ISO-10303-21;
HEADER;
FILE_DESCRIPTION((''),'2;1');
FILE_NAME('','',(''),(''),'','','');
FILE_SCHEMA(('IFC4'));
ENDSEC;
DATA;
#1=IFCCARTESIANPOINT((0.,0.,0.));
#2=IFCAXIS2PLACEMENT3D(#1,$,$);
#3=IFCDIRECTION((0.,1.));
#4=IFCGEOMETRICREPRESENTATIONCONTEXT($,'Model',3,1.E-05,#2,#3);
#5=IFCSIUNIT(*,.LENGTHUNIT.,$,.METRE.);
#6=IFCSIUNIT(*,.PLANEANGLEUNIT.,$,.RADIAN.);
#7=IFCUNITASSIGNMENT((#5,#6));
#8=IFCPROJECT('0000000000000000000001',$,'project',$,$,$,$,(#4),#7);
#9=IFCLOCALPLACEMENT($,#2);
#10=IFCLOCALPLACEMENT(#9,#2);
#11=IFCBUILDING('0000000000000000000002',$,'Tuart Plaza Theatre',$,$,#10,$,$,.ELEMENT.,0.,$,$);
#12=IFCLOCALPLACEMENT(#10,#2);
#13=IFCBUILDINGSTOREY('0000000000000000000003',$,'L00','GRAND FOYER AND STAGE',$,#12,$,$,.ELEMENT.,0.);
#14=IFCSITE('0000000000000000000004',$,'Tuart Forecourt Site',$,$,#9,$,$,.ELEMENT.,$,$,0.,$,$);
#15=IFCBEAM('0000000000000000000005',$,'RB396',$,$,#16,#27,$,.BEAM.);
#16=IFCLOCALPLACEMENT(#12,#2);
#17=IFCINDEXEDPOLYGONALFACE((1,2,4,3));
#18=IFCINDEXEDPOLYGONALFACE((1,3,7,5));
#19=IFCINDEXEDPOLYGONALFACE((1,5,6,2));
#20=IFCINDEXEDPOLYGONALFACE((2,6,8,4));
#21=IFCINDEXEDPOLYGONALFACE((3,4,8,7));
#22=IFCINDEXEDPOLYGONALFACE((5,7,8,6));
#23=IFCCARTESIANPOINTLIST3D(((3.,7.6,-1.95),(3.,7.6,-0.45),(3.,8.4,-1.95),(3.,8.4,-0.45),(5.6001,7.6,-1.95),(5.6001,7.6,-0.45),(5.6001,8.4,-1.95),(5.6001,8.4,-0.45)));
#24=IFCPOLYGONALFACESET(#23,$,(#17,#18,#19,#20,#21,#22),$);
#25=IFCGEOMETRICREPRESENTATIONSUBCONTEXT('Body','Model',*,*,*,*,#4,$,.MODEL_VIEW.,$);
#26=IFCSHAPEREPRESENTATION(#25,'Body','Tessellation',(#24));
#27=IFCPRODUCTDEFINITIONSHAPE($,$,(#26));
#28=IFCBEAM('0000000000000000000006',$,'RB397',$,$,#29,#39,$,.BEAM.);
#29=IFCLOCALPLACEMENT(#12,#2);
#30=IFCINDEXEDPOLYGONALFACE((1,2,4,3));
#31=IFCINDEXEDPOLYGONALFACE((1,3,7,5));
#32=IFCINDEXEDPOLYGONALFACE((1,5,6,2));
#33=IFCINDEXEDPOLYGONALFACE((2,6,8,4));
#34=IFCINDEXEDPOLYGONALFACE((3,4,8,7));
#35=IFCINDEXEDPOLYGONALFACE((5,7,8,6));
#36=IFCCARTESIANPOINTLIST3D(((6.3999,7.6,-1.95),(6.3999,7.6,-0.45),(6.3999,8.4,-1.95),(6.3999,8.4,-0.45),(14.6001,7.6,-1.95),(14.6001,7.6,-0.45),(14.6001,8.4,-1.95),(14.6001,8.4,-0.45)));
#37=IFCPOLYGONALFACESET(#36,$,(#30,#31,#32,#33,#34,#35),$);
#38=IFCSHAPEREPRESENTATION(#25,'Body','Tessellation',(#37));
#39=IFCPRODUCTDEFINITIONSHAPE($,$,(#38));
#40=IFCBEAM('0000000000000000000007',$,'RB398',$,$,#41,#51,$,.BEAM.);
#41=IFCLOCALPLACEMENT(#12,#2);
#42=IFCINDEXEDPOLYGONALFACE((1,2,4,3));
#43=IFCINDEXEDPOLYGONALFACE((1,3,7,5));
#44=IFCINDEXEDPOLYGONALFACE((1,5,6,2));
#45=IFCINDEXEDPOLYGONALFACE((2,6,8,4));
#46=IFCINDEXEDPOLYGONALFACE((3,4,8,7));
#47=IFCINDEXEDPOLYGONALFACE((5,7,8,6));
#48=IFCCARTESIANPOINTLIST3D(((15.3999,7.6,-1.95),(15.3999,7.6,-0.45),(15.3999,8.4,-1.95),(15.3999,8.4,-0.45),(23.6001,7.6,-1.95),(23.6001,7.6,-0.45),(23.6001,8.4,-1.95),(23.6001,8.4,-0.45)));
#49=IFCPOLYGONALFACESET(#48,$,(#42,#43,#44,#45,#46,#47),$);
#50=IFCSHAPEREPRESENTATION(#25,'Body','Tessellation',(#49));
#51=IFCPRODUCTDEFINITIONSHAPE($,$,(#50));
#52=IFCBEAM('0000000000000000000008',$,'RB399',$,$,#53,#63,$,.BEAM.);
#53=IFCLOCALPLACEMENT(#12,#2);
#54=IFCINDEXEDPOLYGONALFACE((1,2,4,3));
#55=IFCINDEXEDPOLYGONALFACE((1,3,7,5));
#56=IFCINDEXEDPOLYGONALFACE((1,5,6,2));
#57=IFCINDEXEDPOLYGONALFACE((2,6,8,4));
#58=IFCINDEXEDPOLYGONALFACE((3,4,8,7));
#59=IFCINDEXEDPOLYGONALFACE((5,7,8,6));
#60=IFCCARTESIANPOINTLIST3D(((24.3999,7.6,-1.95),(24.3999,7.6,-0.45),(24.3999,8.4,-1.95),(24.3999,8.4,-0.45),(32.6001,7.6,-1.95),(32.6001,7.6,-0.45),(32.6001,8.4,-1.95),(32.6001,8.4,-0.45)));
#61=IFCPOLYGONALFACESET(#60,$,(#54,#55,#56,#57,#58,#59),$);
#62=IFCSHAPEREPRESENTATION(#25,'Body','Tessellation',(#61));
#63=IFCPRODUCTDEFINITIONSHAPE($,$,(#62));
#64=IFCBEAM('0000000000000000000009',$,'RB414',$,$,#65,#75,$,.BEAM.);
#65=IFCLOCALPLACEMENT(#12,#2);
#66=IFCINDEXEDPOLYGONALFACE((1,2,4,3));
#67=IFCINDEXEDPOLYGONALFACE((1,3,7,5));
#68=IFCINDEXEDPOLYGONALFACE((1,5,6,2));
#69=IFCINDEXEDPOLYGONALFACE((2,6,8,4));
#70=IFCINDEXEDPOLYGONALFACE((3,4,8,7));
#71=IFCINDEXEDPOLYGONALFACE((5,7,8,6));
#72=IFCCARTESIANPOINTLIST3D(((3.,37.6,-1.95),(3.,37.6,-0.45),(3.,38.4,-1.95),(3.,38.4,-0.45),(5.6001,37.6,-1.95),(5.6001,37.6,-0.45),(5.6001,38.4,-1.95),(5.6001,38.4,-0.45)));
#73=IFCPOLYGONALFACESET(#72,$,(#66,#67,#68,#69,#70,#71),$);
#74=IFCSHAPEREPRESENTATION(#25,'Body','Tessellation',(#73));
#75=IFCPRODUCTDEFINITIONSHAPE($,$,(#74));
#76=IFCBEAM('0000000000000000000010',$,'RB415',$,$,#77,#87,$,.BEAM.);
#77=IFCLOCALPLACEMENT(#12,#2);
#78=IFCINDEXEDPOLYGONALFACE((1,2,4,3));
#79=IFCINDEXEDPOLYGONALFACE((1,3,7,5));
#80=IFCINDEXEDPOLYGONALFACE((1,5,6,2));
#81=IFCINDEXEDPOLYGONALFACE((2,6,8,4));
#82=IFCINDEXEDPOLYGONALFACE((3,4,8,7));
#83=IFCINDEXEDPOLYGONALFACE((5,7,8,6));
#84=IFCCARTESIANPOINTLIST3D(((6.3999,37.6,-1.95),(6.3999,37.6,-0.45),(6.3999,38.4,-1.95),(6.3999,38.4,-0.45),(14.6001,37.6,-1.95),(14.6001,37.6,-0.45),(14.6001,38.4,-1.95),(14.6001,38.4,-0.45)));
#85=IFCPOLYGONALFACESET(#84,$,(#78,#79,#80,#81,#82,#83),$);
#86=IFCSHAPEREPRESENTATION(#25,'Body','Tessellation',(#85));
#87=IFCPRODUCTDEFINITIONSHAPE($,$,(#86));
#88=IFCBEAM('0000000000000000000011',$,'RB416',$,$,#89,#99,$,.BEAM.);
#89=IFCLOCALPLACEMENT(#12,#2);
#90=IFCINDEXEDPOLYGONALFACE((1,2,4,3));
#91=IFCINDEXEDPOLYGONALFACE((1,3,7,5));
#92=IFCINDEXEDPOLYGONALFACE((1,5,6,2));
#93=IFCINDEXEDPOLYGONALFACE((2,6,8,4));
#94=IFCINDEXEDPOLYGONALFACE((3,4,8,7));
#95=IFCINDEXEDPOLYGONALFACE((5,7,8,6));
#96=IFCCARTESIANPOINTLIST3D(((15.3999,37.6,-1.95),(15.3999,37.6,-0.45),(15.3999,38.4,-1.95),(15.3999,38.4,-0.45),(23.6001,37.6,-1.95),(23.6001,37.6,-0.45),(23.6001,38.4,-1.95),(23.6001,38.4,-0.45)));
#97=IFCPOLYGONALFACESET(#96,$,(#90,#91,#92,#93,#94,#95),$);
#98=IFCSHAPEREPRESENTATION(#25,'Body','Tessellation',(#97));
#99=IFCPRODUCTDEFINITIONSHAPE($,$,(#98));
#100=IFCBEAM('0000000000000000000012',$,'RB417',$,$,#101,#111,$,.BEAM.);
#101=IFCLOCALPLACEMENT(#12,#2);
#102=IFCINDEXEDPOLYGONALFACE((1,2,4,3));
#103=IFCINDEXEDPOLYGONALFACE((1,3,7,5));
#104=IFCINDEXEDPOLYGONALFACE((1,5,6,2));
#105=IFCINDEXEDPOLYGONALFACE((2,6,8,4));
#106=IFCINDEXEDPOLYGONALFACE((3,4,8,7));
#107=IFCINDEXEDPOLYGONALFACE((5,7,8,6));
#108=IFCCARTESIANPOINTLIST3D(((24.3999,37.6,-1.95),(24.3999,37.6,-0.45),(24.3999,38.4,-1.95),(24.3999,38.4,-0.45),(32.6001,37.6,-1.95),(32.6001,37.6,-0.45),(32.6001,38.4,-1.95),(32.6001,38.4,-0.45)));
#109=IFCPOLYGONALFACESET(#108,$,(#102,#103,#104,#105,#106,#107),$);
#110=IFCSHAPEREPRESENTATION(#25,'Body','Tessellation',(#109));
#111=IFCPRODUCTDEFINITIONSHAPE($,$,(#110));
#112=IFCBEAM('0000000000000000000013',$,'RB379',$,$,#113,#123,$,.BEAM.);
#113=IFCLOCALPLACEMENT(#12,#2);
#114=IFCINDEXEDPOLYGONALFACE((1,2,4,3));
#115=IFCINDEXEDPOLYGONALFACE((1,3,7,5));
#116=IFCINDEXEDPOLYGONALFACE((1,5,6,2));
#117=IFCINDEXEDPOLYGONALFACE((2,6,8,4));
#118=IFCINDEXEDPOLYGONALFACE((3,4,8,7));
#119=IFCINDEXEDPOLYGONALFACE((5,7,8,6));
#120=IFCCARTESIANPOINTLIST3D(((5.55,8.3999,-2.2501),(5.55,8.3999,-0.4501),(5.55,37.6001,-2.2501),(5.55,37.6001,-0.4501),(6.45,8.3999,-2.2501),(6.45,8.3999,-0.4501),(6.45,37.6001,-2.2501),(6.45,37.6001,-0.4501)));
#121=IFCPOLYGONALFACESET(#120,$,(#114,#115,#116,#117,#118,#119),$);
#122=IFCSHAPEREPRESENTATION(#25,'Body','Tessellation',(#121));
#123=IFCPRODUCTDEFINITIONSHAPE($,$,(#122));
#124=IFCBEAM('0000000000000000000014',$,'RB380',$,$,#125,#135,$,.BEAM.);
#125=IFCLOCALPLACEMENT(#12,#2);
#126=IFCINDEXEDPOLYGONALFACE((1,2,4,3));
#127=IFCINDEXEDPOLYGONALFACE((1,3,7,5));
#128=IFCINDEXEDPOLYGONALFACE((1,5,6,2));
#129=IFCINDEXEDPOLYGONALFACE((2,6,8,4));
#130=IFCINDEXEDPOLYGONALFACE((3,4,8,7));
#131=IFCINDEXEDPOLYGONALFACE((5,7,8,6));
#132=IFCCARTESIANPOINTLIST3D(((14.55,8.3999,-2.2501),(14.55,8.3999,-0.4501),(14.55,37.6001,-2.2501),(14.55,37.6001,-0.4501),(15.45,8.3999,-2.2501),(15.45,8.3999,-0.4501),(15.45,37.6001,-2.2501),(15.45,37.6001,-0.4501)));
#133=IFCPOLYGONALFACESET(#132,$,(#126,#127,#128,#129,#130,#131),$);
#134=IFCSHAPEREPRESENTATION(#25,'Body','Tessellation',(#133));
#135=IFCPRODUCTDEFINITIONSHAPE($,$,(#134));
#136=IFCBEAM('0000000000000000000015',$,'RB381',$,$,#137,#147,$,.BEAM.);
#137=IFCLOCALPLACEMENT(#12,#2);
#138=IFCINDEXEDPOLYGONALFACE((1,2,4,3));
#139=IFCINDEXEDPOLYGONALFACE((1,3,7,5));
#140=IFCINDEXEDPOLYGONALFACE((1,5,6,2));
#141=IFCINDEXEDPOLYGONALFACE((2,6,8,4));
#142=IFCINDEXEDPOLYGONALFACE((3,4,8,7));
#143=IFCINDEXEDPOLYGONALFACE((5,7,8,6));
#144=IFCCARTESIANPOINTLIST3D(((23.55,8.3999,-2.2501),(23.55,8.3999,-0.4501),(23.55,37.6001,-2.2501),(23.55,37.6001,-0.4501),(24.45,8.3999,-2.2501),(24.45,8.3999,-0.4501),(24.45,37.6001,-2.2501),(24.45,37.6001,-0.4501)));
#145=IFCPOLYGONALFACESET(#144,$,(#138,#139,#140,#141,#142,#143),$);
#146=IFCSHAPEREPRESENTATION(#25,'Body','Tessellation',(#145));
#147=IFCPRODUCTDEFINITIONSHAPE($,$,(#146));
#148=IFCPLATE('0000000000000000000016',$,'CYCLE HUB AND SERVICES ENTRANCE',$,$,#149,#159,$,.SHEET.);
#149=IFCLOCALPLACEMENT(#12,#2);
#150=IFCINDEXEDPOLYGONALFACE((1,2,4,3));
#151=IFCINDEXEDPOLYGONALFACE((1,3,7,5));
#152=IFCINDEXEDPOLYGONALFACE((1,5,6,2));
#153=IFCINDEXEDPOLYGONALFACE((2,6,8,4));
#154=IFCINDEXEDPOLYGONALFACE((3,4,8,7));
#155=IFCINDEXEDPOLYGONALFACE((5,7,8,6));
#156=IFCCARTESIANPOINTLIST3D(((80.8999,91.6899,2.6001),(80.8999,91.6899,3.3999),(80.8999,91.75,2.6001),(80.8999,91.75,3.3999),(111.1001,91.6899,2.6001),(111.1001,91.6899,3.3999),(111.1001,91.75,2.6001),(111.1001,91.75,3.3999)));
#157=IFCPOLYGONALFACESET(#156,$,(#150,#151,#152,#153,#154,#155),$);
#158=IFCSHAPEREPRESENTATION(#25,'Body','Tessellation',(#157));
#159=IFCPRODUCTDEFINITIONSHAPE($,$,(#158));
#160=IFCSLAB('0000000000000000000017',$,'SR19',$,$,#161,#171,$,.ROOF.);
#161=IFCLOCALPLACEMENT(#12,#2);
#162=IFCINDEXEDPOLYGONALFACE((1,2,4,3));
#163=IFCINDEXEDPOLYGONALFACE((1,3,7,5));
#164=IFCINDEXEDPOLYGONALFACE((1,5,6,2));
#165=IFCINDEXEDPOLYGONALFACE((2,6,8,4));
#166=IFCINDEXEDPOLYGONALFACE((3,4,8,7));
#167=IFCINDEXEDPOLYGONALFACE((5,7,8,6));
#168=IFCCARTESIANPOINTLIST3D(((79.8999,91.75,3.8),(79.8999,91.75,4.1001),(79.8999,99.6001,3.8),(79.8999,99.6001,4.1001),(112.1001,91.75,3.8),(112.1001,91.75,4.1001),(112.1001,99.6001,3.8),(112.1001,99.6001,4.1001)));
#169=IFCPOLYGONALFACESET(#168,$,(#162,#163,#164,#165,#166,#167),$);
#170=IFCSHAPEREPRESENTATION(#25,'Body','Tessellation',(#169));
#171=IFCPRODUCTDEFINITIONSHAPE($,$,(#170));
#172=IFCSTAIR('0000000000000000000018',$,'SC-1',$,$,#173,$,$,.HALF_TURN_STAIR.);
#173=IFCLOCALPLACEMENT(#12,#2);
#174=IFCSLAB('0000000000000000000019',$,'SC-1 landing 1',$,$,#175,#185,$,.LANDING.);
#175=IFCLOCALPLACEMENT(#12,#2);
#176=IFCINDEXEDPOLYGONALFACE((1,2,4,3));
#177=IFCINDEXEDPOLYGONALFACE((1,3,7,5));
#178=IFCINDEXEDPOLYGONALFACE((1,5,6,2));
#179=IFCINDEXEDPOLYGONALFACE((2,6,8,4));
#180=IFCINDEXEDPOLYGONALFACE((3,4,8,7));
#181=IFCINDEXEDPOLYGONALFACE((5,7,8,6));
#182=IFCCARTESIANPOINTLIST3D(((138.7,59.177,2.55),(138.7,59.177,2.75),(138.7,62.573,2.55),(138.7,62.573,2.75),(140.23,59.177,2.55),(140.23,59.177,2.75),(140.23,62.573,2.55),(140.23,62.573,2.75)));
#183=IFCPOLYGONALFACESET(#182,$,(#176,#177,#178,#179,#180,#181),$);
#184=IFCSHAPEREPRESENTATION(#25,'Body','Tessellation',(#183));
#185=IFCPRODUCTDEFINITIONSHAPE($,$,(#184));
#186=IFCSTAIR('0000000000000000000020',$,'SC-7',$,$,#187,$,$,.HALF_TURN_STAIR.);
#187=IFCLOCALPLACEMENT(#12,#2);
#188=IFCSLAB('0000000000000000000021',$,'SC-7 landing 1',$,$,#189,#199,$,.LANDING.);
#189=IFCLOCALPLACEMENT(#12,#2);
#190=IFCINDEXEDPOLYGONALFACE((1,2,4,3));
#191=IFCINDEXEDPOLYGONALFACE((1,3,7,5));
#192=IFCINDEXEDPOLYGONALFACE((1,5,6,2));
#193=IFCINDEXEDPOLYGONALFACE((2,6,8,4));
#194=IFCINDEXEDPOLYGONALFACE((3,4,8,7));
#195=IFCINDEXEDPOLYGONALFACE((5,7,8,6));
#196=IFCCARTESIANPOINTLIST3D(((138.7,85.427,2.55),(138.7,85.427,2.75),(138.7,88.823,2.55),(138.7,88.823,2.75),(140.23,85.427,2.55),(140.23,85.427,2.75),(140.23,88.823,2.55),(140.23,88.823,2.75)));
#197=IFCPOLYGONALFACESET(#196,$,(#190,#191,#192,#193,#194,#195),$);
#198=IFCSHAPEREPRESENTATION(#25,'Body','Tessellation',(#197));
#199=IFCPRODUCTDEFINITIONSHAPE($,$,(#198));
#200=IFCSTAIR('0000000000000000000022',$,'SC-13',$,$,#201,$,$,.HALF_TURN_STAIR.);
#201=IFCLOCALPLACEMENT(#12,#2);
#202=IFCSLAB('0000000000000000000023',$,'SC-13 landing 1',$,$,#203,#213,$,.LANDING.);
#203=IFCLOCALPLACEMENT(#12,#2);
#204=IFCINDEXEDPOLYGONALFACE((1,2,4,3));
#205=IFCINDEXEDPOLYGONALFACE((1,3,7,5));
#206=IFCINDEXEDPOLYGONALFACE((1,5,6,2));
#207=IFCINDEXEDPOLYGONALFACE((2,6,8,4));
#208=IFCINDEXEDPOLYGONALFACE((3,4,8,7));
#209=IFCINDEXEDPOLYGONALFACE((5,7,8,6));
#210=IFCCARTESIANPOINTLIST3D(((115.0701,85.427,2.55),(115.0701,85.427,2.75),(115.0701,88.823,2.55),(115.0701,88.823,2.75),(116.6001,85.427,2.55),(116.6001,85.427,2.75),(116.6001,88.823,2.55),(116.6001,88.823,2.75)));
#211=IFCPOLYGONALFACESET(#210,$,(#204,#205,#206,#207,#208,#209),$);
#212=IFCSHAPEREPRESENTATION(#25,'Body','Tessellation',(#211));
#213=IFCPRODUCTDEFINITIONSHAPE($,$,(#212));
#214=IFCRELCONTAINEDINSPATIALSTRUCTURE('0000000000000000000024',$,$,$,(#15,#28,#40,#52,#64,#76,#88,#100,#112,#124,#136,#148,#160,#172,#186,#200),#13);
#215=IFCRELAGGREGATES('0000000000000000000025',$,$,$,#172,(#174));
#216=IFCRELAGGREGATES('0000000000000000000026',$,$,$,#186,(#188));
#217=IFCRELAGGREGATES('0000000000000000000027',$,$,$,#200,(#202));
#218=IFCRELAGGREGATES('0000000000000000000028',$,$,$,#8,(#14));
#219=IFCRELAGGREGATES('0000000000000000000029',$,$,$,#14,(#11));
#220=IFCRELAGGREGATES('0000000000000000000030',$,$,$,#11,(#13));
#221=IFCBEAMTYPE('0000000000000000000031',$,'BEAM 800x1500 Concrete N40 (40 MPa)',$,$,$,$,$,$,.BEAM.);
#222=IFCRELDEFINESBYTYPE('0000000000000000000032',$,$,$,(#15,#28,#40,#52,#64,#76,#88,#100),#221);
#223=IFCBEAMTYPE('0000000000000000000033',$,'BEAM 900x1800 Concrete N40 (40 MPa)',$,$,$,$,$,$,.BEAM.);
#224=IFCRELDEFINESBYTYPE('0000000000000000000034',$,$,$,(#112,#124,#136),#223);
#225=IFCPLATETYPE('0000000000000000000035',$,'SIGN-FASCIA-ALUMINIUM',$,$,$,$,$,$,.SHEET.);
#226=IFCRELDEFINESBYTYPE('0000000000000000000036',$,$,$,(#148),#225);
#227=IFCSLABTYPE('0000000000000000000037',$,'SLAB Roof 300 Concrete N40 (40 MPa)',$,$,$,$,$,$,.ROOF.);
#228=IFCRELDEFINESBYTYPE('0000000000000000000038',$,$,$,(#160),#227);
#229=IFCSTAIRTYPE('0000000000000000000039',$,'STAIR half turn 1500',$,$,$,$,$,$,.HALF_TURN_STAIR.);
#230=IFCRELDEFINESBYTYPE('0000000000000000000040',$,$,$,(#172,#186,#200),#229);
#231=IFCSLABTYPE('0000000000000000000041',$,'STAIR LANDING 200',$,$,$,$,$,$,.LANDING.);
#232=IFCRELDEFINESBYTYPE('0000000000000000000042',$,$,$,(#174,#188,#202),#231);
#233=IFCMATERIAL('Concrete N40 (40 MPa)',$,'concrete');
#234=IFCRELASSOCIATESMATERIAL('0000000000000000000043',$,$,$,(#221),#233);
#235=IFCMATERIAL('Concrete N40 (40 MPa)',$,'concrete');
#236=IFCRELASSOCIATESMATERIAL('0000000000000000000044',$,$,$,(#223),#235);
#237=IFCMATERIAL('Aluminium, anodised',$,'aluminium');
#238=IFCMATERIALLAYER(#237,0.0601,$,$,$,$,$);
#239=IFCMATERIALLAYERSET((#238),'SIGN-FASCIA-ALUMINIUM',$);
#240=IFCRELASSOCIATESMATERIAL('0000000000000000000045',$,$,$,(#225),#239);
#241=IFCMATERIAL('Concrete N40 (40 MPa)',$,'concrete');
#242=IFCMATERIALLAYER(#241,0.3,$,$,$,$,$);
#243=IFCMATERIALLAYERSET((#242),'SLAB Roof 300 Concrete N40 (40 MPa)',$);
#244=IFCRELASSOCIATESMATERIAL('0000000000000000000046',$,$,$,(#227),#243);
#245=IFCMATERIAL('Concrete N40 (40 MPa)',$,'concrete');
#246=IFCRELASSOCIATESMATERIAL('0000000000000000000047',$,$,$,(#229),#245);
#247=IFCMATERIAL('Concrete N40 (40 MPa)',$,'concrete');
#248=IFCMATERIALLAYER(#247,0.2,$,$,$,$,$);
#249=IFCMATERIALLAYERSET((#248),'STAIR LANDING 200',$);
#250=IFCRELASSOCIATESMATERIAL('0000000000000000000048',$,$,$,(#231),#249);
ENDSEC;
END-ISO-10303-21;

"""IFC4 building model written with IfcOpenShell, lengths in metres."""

from ifc_helpers import new_model, si_unit, direction, frame, origin, origin_2d, place, context, subcontext, project, spatial, polyline, rectangle, outline, extrude, material, layer, layer_set, material_profile, profile_set, type_object, element, aggregate, save


model = new_model("IFC4")

# Units and contexts
model_context = context("Model", 3, precision=1e-05, world=origin(), true_north=direction((0.0, 1.0)))
body_context = subcontext(model_context, "Body", "Model", "MODEL_VIEW")
ifc_project = project(units=[si_unit("LENGTHUNIT", "METRE"), si_unit("PLANEANGLEUNIT", "RADIAN")], contexts=[model_context])

# Site, building, storey
site_placement = place(None, origin())
site = spatial("IfcSite", under=ifc_project, at=site_placement, Name="Tuart Forecourt Site", CompositionType="ELEMENT", RefElevation=0.0)
building_placement = place(site_placement, origin())
building = spatial("IfcBuilding", under=site, at=building_placement, Name="Tuart Plaza Theatre", CompositionType="ELEMENT", ElevationOfRefHeight=0.0)
storey_placement = place(building_placement, origin())
storey = spatial("IfcBuildingStorey", under=building, at=storey_placement, Name="L00", Description="GRAND FOYER AND STAGE", CompositionType="ELEMENT", Elevation=0.0)

# Beams
ifc_material_1 = material(Name="Concrete N40 (40 MPa)", Category="concrete")
ifc_material_profile_1 = material_profile(ifc_material_1, rectangle(XDim=0.8, YDim=1.5, at=origin_2d()), Name="BEAM 800x1500 Concrete N40 (40 MPa)")
ifc_profile_set_1 = profile_set([ifc_material_profile_1], Name="Concrete N40 (40 MPa)")
beam_type_1 = type_object("IfcBeamType", Name="BEAM 800x1500 Concrete N40 (40 MPa)", PredefinedType="BEAM", material=ifc_profile_set_1)
beam_1_placement = place(storey_placement, frame((3.0, 8.0, -1.2), z_axis=(1.0, 0.0, 0.0), x_axis=(0.0, 1.0, 0.0)))
element("IfcBeam", 1, at=beam_1_placement, inside=storey, type_object=beam_type_1, Name="RB396", PredefinedType="BEAM", context=body_context, shape_type="SweptSolid", body=[
    extrude(rectangle(XDim=0.8, YDim=1.5, at=origin_2d()), origin(), (0.0, 0.0, 1.0), 2.6001),
])
for number, where, z_axis, x_axis, name in (
    (2, (6.3999, 8.0, -1.2), (1.0, 0.0, 0.0), (0.0, 1.0, 0.0), "RB397"),
    (3, (15.3999, 8.0, -1.2), (1.0, 0.0, 0.0), (0.0, 1.0, 0.0), "RB398"),
    (4, (24.3999, 8.0, -1.2), (1.0, 0.0, 0.0), (0.0, 1.0, 0.0), "RB399"),
):
    element("IfcBeam", number, at=place(storey_placement, frame(where, z_axis=z_axis, x_axis=x_axis)), inside=storey, type_object=beam_type_1, Name=name, PredefinedType="BEAM", context=body_context, shape_type="SweptSolid", body=[
        extrude(rectangle(XDim=0.8, YDim=1.5, at=origin_2d()), origin(), (0.0, 0.0, 1.0), 8.2002),
    ])
beam_2_placement = place(storey_placement, frame((3.0, 38.0, -1.2), z_axis=(1.0, 0.0, 0.0), x_axis=(0.0, 1.0, 0.0)))
element("IfcBeam", 5, at=beam_2_placement, inside=storey, type_object=beam_type_1, Name="RB414", PredefinedType="BEAM", context=body_context, shape_type="SweptSolid", body=[
    extrude(rectangle(XDim=0.8, YDim=1.5, at=origin_2d()), origin(), (0.0, 0.0, 1.0), 2.6001),
])
for number, where, z_axis, x_axis, name in (
    (6, (6.3999, 38.0, -1.2), (1.0, 0.0, 0.0), (0.0, 1.0, 0.0), "RB415"),
    (7, (15.3999, 38.0, -1.2), (1.0, 0.0, 0.0), (0.0, 1.0, 0.0), "RB416"),
    (8, (24.3999, 38.0, -1.2), (1.0, 0.0, 0.0), (0.0, 1.0, 0.0), "RB417"),
):
    element("IfcBeam", number, at=place(storey_placement, frame(where, z_axis=z_axis, x_axis=x_axis)), inside=storey, type_object=beam_type_1, Name=name, PredefinedType="BEAM", context=body_context, shape_type="SweptSolid", body=[
        extrude(rectangle(XDim=0.8, YDim=1.5, at=origin_2d()), origin(), (0.0, 0.0, 1.0), 8.2002),
    ])
ifc_material_2 = material(Name="Concrete N40 (40 MPa)", Category="concrete")
ifc_material_profile_2 = material_profile(ifc_material_2, rectangle(XDim=0.8999, YDim=1.8, at=origin_2d()), Name="BEAM 900x1800 Concrete N40 (40 MPa)")
ifc_profile_set_2 = profile_set([ifc_material_profile_2], Name="Concrete N40 (40 MPa)")
beam_type_2 = type_object("IfcBeamType", Name="BEAM 900x1800 Concrete N40 (40 MPa)", PredefinedType="BEAM", material=ifc_profile_set_2)
for number, where, z_axis, x_axis, name in (
    (9, (6.0, 8.3999, -1.3501), (0.0, 1.0, 0.0), (-1.0, 0.0, 0.0), "RB379"),
    (10, (15.0, 8.3999, -1.3501), (0.0, 1.0, 0.0), (-1.0, 0.0, 0.0), "RB380"),
    (11, (24.0, 8.3999, -1.3501), (0.0, 1.0, 0.0), (-1.0, 0.0, 0.0), "RB381"),
):
    element("IfcBeam", number, at=place(storey_placement, frame(where, z_axis=z_axis, x_axis=x_axis)), inside=storey, type_object=beam_type_2, Name=name, PredefinedType="BEAM", context=body_context, shape_type="SweptSolid", body=[
        extrude(rectangle(XDim=0.8999, YDim=1.8, at=origin_2d()), origin(), (0.0, 0.0, 1.0), 29.2002),
    ])

# Plate
ifc_material_3 = material(Name="Aluminium, anodised", Category="aluminium")
ifc_layer_1 = layer(ifc_material_3, 0.0601)
ifc_layer_set_1 = layer_set([ifc_layer_1], Name="SIGN-FASCIA-ALUMINIUM")
plate_type = type_object("IfcPlateType", Name="SIGN-FASCIA-ALUMINIUM", PredefinedType="SHEET", material=ifc_layer_set_1)
plate_placement = place(storey_placement, frame((0.0, 0.0, 2.6001)))
element("IfcPlate", 12, at=plate_placement, inside=storey, type_object=plate_type, Name="CYCLE HUB AND SERVICES ENTRANCE", PredefinedType="SHEET", context=body_context, shape_type="SweptSolid", body=[
    extrude(outline(polyline([(80.8999, 91.6899), (111.1001, 91.6899), (111.1001, 91.75), (80.8999, 91.75), (80.8999, 91.6899)])), origin(), (0.0, 0.0, 1.0), 0.7998),
])

# Slab
ifc_material_4 = material(Name="Concrete N40 (40 MPa)", Category="concrete")
ifc_layer_2 = layer(ifc_material_4, 0.3)
ifc_layer_set_2 = layer_set([ifc_layer_2], Name="SLAB Roof 300 Concrete N40 (40 MPa)")
slab_type_1 = type_object("IfcSlabType", Name="SLAB Roof 300 Concrete N40 (40 MPa)", PredefinedType="ROOF", material=ifc_layer_set_2)
slab_1_placement = place(storey_placement, frame((0.0, 0.0, 3.8)))
element("IfcSlab", 13, at=slab_1_placement, inside=storey, type_object=slab_type_1, Name="SR19", PredefinedType="ROOF", context=body_context, shape_type="SweptSolid", body=[
    extrude(outline(polyline([(112.1001, 91.75), (112.1001, 99.6001), (79.8999, 99.6001), (79.8999, 91.75), (112.1001, 91.75)])), origin(), (0.0, 0.0, 1.0), 0.3),
])

# Stairs, slabs
ifc_material_5 = material(Name="Concrete N40 (40 MPa)", Category="concrete")
stair_type = type_object("IfcStairType", Name="STAIR half turn 1500", PredefinedType="HALF_TURN_STAIR", material=ifc_material_5)
stair_1_placement = place(storey_placement, origin())
stair_1 = element("IfcStair", 14, at=stair_1_placement, inside=storey, type_object=stair_type, Name="SC-1", PredefinedType="HALF_TURN_STAIR")
ifc_material_6 = material(Name="Concrete N40 (40 MPa)", Category="concrete")
ifc_layer_3 = layer(ifc_material_6, 0.2)
ifc_layer_set_3 = layer_set([ifc_layer_3], Name="STAIR LANDING 200")
slab_type_2 = type_object("IfcSlabType", Name="STAIR LANDING 200", PredefinedType="LANDING", material=ifc_layer_set_3)
slab_2_placement = place(storey_placement, frame((0.0, 0.0, 2.55)))
slab_2 = element("IfcSlab", 15, at=slab_2_placement, type_object=slab_type_2, Name="SC-1 landing 1", PredefinedType="LANDING", context=body_context, shape_type="SweptSolid", body=[
    extrude(outline(polyline([(138.7, 59.177), (140.23, 59.177), (140.23, 62.573), (138.7, 62.573), (138.7, 59.177)])), origin(), (0.0, 0.0, 1.0), 0.2),
])
aggregate(stair_1, [slab_2])
stair_2_placement = place(storey_placement, origin())
stair_2 = element("IfcStair", 16, at=stair_2_placement, inside=storey, type_object=stair_type, Name="SC-7", PredefinedType="HALF_TURN_STAIR")
slab_3_placement = place(storey_placement, frame((0.0, 0.0, 2.55)))
slab_3 = element("IfcSlab", 17, at=slab_3_placement, type_object=slab_type_2, Name="SC-7 landing 1", PredefinedType="LANDING", context=body_context, shape_type="SweptSolid", body=[
    extrude(outline(polyline([(138.7, 85.427), (140.23, 85.427), (140.23, 88.823), (138.7, 88.823), (138.7, 85.427)])), origin(), (0.0, 0.0, 1.0), 0.2),
])
aggregate(stair_2, [slab_3])
stair_3_placement = place(storey_placement, origin())
stair_3 = element("IfcStair", 18, at=stair_3_placement, inside=storey, type_object=stair_type, Name="SC-13", PredefinedType="HALF_TURN_STAIR")
slab_4_placement = place(storey_placement, frame((0.0, 0.0, 2.55)))
slab_4 = element("IfcSlab", 19, at=slab_4_placement, type_object=slab_type_2, Name="SC-13 landing 1", PredefinedType="LANDING", context=body_context, shape_type="SweptSolid", body=[
    extrude(outline(polyline([(116.6001, 88.823), (115.0701, 88.823), (115.0701, 85.427), (116.6001, 85.427), (116.6001, 88.823)])), origin(), (0.0, 0.0, 1.0), 0.2),
])
aggregate(stair_3, [slab_4])

save(model, "model.ifc")
